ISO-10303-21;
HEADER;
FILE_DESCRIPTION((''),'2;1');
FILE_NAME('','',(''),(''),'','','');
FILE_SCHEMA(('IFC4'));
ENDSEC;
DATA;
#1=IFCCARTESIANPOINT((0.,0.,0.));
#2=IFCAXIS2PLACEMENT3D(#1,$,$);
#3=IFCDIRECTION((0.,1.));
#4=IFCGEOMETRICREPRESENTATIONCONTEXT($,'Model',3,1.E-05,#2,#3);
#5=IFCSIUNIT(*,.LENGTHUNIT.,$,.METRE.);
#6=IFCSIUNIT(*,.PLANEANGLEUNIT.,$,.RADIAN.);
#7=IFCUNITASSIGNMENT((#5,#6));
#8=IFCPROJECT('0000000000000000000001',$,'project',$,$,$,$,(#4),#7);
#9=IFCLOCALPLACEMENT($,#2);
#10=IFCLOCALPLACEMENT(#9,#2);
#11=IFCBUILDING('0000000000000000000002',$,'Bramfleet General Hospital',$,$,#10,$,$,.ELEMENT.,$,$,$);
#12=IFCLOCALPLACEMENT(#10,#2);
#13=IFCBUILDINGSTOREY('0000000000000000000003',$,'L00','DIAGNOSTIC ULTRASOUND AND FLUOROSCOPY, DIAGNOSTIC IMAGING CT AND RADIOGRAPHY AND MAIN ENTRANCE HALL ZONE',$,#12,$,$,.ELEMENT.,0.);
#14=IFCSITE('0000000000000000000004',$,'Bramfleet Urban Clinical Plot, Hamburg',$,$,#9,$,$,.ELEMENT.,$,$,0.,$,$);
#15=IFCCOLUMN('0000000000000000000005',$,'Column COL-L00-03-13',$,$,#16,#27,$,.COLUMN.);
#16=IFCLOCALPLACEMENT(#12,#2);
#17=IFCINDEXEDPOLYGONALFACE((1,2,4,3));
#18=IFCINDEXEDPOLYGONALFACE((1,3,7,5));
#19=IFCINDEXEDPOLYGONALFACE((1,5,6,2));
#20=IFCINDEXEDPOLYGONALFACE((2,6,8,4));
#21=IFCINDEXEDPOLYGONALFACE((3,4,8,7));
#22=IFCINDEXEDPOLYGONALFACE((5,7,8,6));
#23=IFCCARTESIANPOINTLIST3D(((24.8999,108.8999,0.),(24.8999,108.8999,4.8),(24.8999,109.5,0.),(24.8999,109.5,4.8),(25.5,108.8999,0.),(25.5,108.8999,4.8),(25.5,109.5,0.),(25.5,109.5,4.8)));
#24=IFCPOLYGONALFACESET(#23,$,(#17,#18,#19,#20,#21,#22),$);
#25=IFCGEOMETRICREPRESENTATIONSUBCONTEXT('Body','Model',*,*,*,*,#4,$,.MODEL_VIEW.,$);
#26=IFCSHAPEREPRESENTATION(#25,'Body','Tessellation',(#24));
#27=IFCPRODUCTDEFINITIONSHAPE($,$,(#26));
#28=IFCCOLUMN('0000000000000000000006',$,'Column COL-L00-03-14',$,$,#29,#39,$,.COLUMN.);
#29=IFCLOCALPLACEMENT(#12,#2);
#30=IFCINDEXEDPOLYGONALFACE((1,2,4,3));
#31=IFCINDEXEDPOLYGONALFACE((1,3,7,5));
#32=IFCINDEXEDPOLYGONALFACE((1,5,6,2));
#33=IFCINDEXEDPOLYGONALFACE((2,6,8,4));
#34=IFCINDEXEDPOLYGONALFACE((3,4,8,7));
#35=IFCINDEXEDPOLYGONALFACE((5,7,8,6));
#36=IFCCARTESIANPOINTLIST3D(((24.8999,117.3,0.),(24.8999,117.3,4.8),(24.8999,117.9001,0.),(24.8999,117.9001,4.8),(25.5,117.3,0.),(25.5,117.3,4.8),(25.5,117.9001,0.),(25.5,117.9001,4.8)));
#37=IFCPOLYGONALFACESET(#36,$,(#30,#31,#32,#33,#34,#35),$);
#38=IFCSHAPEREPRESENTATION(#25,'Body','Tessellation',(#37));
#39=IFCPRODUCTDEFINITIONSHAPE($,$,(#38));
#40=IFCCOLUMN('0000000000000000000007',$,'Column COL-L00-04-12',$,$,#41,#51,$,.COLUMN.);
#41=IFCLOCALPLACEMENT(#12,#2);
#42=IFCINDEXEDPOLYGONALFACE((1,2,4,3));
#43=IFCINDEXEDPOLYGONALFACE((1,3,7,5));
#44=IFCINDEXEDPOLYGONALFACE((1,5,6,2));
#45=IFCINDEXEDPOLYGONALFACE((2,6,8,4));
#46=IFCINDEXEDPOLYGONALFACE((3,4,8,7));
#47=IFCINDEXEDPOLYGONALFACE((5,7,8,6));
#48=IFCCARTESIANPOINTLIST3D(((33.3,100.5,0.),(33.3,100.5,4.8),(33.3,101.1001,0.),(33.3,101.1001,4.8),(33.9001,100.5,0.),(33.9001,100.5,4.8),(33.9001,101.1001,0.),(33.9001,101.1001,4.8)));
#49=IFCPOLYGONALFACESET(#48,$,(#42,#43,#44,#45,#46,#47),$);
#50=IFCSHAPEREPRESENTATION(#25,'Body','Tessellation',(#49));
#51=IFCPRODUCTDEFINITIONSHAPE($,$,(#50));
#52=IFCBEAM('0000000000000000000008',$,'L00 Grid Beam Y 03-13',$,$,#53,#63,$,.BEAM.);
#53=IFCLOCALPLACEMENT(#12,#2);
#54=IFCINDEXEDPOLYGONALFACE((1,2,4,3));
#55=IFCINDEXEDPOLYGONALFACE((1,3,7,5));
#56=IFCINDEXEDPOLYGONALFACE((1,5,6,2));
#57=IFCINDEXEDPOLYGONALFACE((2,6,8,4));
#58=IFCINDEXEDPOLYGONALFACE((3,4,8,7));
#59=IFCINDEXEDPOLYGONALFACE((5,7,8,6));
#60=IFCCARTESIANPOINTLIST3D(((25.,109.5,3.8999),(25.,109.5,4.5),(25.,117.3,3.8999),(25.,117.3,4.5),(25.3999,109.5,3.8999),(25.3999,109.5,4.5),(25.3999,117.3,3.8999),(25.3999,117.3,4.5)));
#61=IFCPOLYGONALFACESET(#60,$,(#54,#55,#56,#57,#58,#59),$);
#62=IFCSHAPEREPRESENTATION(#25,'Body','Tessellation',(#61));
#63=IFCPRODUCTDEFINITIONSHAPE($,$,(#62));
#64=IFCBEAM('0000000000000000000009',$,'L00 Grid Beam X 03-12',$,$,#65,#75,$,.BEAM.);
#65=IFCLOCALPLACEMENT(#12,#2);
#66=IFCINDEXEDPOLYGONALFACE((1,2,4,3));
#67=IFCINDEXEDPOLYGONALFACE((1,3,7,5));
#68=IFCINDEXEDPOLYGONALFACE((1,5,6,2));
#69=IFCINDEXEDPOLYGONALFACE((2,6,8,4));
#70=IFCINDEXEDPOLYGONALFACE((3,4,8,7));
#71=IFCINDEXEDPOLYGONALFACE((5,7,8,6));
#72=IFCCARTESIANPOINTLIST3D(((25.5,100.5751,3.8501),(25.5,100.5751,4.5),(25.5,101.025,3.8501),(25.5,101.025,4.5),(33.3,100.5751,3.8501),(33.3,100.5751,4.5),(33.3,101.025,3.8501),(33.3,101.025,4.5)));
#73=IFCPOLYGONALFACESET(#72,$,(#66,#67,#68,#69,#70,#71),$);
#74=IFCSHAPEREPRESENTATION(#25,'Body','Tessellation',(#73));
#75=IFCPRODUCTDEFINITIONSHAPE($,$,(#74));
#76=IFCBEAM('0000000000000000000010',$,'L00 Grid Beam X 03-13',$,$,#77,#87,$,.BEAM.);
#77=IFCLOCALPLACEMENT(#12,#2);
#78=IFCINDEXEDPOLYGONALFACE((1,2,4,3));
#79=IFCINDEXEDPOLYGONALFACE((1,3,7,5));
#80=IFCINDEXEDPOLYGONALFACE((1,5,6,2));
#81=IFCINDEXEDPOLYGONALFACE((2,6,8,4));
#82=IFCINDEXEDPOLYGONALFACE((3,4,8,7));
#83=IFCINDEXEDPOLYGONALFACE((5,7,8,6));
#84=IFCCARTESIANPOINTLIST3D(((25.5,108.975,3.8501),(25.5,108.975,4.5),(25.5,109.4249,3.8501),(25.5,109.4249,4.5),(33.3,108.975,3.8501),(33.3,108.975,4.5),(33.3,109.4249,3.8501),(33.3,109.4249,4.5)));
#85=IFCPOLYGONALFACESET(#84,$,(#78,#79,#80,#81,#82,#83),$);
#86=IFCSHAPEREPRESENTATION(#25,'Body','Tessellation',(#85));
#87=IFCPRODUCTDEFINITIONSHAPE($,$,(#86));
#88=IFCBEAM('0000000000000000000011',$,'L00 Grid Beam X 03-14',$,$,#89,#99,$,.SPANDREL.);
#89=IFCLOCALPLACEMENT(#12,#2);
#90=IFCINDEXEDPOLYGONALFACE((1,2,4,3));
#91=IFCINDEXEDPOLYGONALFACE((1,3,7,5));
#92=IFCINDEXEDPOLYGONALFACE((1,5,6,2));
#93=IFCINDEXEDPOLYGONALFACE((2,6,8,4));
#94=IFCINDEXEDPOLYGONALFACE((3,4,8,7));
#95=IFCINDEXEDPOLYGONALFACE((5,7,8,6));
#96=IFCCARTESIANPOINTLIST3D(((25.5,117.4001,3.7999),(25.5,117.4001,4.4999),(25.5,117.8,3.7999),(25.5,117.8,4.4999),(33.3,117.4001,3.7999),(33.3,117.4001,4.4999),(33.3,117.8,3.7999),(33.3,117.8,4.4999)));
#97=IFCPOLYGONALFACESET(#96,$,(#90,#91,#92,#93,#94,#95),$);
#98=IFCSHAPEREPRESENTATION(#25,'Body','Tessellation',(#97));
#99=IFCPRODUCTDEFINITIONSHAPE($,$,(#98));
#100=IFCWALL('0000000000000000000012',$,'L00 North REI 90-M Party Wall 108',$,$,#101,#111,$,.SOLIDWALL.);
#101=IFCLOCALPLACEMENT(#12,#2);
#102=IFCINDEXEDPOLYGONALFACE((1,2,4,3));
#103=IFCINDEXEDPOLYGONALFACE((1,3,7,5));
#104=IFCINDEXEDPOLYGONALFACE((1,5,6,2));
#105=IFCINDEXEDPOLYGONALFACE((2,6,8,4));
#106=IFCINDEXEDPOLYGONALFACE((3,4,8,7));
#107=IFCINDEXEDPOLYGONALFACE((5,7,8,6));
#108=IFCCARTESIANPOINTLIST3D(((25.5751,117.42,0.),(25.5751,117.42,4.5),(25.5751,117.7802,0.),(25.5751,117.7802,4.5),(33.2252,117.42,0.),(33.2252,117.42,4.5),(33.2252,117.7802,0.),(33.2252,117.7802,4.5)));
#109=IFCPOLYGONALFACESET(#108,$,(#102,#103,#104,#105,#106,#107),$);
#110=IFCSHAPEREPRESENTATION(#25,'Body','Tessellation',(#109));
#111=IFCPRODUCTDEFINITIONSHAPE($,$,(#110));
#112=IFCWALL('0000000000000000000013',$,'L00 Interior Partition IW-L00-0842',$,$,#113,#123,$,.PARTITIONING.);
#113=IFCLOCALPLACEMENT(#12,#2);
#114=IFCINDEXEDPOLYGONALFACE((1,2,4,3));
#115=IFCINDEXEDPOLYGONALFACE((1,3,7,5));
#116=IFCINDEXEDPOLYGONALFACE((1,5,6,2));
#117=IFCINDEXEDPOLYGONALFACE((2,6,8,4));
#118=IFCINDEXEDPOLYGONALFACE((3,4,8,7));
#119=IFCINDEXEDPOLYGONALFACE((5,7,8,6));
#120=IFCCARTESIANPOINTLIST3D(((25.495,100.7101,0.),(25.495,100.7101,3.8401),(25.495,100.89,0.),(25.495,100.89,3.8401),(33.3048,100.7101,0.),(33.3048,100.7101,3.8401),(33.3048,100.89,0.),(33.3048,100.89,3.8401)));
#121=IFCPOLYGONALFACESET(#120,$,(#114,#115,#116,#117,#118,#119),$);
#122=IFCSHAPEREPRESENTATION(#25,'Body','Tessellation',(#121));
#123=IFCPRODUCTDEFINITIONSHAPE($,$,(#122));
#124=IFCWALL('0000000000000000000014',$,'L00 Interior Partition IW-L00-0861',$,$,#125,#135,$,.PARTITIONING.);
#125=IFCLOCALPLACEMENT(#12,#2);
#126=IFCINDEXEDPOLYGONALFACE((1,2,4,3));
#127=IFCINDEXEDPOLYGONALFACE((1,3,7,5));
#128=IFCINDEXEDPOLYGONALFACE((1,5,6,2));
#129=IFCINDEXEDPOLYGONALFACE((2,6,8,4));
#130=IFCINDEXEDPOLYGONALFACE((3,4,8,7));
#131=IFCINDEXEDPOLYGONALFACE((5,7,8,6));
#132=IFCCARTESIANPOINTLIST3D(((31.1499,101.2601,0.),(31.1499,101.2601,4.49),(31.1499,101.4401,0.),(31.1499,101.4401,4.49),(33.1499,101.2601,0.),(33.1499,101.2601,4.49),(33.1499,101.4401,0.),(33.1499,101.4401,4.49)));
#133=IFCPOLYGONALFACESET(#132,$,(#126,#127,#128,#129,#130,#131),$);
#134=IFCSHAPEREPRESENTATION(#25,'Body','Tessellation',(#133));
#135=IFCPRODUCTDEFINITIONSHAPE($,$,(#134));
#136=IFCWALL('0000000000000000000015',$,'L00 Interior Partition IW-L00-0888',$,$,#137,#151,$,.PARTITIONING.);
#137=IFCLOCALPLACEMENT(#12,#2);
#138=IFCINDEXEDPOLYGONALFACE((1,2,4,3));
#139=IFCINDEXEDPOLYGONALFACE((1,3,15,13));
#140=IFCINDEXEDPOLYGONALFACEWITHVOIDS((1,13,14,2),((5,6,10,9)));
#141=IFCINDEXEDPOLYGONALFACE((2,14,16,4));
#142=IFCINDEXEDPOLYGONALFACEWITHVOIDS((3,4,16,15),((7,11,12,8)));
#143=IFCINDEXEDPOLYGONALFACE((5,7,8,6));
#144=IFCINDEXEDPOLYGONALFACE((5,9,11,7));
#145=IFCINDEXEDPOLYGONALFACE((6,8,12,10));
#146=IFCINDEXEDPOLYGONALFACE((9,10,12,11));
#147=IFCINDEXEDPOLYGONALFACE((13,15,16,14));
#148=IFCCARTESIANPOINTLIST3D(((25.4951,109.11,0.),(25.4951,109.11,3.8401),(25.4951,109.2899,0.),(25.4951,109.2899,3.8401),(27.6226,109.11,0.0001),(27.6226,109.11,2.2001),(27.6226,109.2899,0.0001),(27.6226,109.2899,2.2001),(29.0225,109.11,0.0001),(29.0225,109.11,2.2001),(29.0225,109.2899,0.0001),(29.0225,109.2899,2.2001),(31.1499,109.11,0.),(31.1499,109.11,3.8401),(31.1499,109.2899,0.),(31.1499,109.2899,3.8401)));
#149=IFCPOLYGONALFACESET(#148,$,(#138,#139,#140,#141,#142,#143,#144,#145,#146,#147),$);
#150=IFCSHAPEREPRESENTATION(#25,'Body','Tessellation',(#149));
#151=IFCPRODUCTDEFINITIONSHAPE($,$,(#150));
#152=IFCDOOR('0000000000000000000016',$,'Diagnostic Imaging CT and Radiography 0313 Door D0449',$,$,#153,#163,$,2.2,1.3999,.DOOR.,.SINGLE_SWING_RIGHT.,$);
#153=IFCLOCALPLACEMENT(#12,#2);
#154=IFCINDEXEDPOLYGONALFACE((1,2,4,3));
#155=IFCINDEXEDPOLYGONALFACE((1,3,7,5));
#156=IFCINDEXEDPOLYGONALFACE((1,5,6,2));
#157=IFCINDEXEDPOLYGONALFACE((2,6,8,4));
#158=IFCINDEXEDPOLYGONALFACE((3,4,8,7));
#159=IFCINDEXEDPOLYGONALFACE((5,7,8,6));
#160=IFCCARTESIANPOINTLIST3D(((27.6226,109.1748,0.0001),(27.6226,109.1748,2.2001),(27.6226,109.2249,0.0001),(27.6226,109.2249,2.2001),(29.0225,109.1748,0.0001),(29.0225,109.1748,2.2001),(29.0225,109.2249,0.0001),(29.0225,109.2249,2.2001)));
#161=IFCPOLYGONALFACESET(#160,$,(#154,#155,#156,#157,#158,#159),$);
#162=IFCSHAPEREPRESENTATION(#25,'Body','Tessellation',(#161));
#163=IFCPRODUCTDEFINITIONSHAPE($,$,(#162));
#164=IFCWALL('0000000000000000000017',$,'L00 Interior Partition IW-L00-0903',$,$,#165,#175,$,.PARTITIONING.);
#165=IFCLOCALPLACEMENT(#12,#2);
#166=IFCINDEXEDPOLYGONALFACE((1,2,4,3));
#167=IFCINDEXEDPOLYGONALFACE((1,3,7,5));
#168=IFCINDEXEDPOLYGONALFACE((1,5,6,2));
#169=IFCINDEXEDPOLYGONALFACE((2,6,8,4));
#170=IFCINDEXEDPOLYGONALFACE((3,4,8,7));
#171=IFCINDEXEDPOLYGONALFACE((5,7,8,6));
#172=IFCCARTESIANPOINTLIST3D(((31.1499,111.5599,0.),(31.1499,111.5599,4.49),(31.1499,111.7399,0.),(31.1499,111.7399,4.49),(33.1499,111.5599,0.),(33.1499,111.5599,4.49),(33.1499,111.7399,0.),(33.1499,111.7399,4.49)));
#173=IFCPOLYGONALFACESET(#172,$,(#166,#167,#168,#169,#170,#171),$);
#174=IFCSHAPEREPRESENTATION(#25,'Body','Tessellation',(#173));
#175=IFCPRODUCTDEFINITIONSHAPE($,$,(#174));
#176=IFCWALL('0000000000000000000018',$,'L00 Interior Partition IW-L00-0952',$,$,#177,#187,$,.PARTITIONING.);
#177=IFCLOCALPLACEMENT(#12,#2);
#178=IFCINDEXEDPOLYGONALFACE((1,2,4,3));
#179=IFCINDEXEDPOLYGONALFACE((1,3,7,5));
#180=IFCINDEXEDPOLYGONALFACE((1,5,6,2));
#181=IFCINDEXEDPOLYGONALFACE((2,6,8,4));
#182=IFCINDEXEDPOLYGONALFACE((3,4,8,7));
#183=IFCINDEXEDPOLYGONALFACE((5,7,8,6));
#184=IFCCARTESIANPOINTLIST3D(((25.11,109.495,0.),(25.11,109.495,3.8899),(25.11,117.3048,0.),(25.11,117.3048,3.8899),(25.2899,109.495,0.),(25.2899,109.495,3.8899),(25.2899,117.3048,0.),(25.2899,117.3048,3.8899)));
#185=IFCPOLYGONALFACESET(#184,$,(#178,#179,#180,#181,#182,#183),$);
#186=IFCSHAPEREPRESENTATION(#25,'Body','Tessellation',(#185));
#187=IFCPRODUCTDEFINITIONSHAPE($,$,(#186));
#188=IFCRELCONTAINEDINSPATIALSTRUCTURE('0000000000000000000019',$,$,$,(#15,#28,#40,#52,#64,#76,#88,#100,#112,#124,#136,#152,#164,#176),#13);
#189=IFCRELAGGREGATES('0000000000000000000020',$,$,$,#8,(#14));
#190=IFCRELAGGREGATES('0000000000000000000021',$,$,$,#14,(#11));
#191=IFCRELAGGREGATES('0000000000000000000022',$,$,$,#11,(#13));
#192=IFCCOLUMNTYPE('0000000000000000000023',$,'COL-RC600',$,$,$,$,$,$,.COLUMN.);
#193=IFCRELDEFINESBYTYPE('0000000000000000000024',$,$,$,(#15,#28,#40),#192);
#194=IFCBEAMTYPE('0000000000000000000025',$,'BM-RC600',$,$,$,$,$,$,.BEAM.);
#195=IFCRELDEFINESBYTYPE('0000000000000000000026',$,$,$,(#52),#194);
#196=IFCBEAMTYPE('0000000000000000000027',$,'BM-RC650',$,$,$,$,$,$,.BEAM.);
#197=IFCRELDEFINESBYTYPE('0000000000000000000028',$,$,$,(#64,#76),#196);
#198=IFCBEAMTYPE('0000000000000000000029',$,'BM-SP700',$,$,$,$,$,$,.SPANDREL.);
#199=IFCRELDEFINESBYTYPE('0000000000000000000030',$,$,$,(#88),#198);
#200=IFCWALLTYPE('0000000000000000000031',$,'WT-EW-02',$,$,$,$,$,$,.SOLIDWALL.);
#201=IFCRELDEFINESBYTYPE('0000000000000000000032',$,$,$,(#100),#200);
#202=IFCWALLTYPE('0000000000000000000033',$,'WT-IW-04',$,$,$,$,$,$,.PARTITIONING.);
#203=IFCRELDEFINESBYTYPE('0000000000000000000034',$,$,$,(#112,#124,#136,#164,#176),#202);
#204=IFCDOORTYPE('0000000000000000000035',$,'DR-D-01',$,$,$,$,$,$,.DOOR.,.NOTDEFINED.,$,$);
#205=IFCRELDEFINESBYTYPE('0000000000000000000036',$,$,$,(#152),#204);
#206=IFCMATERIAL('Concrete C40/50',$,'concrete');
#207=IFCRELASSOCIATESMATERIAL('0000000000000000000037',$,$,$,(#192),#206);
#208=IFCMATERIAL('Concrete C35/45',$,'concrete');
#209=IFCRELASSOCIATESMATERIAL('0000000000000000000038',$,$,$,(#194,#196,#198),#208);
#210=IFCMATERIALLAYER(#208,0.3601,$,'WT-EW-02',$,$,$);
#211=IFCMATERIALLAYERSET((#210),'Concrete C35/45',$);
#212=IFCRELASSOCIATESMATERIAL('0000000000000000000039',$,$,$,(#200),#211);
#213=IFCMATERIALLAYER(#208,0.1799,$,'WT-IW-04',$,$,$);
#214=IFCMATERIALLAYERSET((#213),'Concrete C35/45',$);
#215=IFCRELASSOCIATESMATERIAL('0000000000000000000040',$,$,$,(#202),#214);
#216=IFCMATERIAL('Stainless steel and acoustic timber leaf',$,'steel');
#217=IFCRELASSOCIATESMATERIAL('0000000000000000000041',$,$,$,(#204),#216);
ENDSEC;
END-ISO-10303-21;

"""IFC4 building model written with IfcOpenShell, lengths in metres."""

from ifc_helpers import new_model, si_unit, direction, frame, frame_2d, origin, origin_2d, place, context, subcontext, project, spatial, rectangle, extrude, material, layer, layer_set, material_profile, profile_set, type_object, element, fill, save


model = new_model("IFC4")

# Units and contexts
model_context = context("Model", 3, precision=1e-05, world=origin(), true_north=direction((0.0, 1.0)))
body_context = subcontext(model_context, "Body", "Model", "MODEL_VIEW")
ifc_project = project(units=[si_unit("LENGTHUNIT", "METRE"), si_unit("PLANEANGLEUNIT", "RADIAN")], contexts=[model_context])

# Site, building, storey
site_placement = place(None, origin())
site = spatial("IfcSite", under=ifc_project, at=site_placement, Name="Bramfleet Urban Clinical Plot, Hamburg", CompositionType="ELEMENT", RefElevation=0.0)
building_placement = place(site_placement, origin())
building = spatial("IfcBuilding", under=site, at=building_placement, Name="Bramfleet General Hospital", CompositionType="ELEMENT")
storey_placement = place(building_placement, origin())
storey = spatial("IfcBuildingStorey", under=building, at=storey_placement, Name="L00", Description="DIAGNOSTIC ULTRASOUND AND FLUOROSCOPY, DIAGNOSTIC IMAGING CT AND RADIOGRAPHY AND MAIN ENTRANCE HALL ZONE", CompositionType="ELEMENT", Elevation=0.0)

# Columns
ifc_material_1 = material(Name="Concrete C40/50", Category="concrete")
ifc_material_profile_1 = material_profile(ifc_material_1, rectangle(XDim=0.6001, YDim=0.6001, at=origin_2d()), Name="RC COL 600x600")
ifc_profile_set_1 = profile_set([ifc_material_profile_1], Name="Concrete C40/50")
column_type = type_object("IfcColumnType", Name="COL-RC600", PredefinedType="COLUMN", material=ifc_profile_set_1)
for number, where, z_axis, x_axis, name in (
    (1, (25.2, 109.2, 0.0), (0.0, 0.0, 1.0), (1.0, 0.0, 0.0), "Column COL-L00-03-13"),
    (2, (25.2, 117.6001, 0.0), (0.0, 0.0, 1.0), (1.0, 0.0, 0.0), "Column COL-L00-03-14"),
    (3, (33.6001, 100.8, 0.0), (0.0, 0.0, 1.0), (1.0, 0.0, 0.0), "Column COL-L00-04-12"),
):
    element("IfcColumn", number, at=place(storey_placement, frame(where, z_axis=z_axis, x_axis=x_axis)), inside=storey, type_object=column_type, Name=name, PredefinedType="COLUMN", context=body_context, shape_type="SweptSolid", body=[
        extrude(rectangle(XDim=0.6001, YDim=0.6001, at=origin_2d()), origin(), (0.0, 0.0, 1.0), 4.8),
    ])

# Beams
ifc_material_2 = material(Name="Concrete C35/45", Category="concrete")
ifc_material_profile_2 = material_profile(ifc_material_2, rectangle(XDim=0.3999, YDim=0.6001, at=origin_2d()), Name="RC BM 600x400")
ifc_profile_set_2 = profile_set([ifc_material_profile_2], Name="Concrete C35/45")
beam_type_1 = type_object("IfcBeamType", Name="BM-RC600", PredefinedType="BEAM", material=ifc_profile_set_2)
beam_1_placement = place(storey_placement, frame((25.2, 109.5, 4.2), z_axis=(0.0, 1.0, 0.0), x_axis=(-1.0, 0.0, 0.0)))
element("IfcBeam", 4, at=beam_1_placement, inside=storey, type_object=beam_type_1, Name="L00 Grid Beam Y 03-13", PredefinedType="BEAM", context=body_context, shape_type="SweptSolid", body=[
    extrude(rectangle(XDim=0.3999, YDim=0.6001, at=origin_2d()), origin(), (0.0, 0.0, 1.0), 7.8),
])
ifc_material_profile_3 = material_profile(ifc_material_2, rectangle(XDim=0.45, YDim=0.6499, at=origin_2d()), Name="RC BM 650x450")
ifc_profile_set_3 = profile_set([ifc_material_profile_3], Name="Concrete C35/45")
beam_type_2 = type_object("IfcBeamType", Name="BM-RC650", PredefinedType="BEAM", material=ifc_profile_set_3)
for number, where, z_axis, x_axis, name in (
    (5, (25.5, 100.8, 4.175), (1.0, 0.0, 0.0), (0.0, 1.0, 0.0), "L00 Grid Beam X 03-12"),
    (6, (25.5, 109.2, 4.175), (1.0, 0.0, 0.0), (0.0, 1.0, 0.0), "L00 Grid Beam X 03-13"),
):
    element("IfcBeam", number, at=place(storey_placement, frame(where, z_axis=z_axis, x_axis=x_axis)), inside=storey, type_object=beam_type_2, Name=name, PredefinedType="BEAM", context=body_context, shape_type="SweptSolid", body=[
        extrude(rectangle(XDim=0.45, YDim=0.6499, at=origin_2d()), origin(), (0.0, 0.0, 1.0), 7.8),
    ])
ifc_material_profile_4 = material_profile(ifc_material_2, rectangle(XDim=0.3999, YDim=0.7, at=origin_2d()), Name="RC SP 700x400")
ifc_profile_set_4 = profile_set([ifc_material_profile_4], Name="Concrete C35/45")
beam_type_3 = type_object("IfcBeamType", Name="BM-SP700", PredefinedType="SPANDREL", material=ifc_profile_set_4)
beam_2_placement = place(storey_placement, frame((25.5, 117.6001, 4.1499), z_axis=(1.0, 0.0, 0.0), x_axis=(0.0, 1.0, 0.0)))
element("IfcBeam", 7, at=beam_2_placement, inside=storey, type_object=beam_type_3, Name="L00 Grid Beam X 03-14", PredefinedType="SPANDREL", context=body_context, shape_type="SweptSolid", body=[
    extrude(rectangle(XDim=0.3999, YDim=0.7, at=origin_2d()), origin(), (0.0, 0.0, 1.0), 7.8),
])

# Walls
ifc_layer_1 = layer(ifc_material_2, 0.3601, Name="WT-EW-02")
ifc_layer_set_1 = layer_set([ifc_layer_1], Name="Concrete C35/45")
wall_type_1 = type_object("IfcWallType", Name="WT-EW-02", PredefinedType="SOLIDWALL", material=ifc_layer_set_1)
wall_1_placement = place(storey_placement, frame((25.575, 117.6001, 0.0), z_axis=(0.0, 0.0, 1.0), x_axis=(1.0, 0.0, 0.0)))
element("IfcWall", 8, at=wall_1_placement, inside=storey, type_object=wall_type_1, Name="L00 North REI 90-M Party Wall 108", PredefinedType="SOLIDWALL", context=body_context, shape_type="SweptSolid", body=[
    extrude(rectangle(XDim=7.6501, YDim=0.3601, at=frame_2d((3.8252, 0.0))), origin(), (0.0, 0.0, 1.0), 4.5),
])
ifc_layer_2 = layer(ifc_material_2, 0.1799, Name="WT-IW-04")
ifc_layer_set_2 = layer_set([ifc_layer_2], Name="Concrete C35/45")
wall_type_2 = type_object("IfcWallType", Name="WT-IW-04", PredefinedType="PARTITIONING", material=ifc_layer_set_2)
wall_2_placement = place(storey_placement, frame((25.4951, 100.8, 0.0), z_axis=(0.0, 0.0, 1.0), x_axis=(1.0, 0.0, 0.0)))
element("IfcWall", 9, at=wall_2_placement, inside=storey, type_object=wall_type_2, Name="L00 Interior Partition IW-L00-0842", PredefinedType="PARTITIONING", context=body_context, shape_type="SweptSolid", body=[
    extrude(rectangle(XDim=7.8098, YDim=0.1799, at=frame_2d((3.9048, 0.0))), origin(), (0.0, 0.0, 1.0), 3.8401),
])
wall_3_placement = place(storey_placement, frame((31.1499, 101.3501, 0.0), z_axis=(0.0, 0.0, 1.0), x_axis=(1.0, 0.0, 0.0)))
element("IfcWall", 10, at=wall_3_placement, inside=storey, type_object=wall_type_2, Name="L00 Interior Partition IW-L00-0861", PredefinedType="PARTITIONING", context=body_context, shape_type="SweptSolid", body=[
    extrude(rectangle(XDim=2.0, YDim=0.1799, at=frame_2d((1.0, 0.0))), origin(), (0.0, 0.0, 1.0), 4.49),
])

# Wall, opening, door
wall_4_placement = place(storey_placement, frame((25.4951, 109.2, 0.0), z_axis=(0.0, 0.0, 1.0), x_axis=(1.0, 0.0, 0.0)))
wall_4 = element("IfcWall", 11, at=wall_4_placement, inside=storey, type_object=wall_type_2, Name="L00 Interior Partition IW-L00-0888", PredefinedType="PARTITIONING", context=body_context, shape_type="SweptSolid", body=[
    extrude(rectangle(XDim=5.6548, YDim=0.1799, at=frame_2d((2.8274, 0.0))), origin(), (0.0, 0.0, 1.0), 3.8401),
])
opening_placement = place(wall_4_placement, frame((2.1274, 0.0, 0.0)))
opening = element("IfcOpeningElement", 12, at=opening_placement, cuts=wall_4, PredefinedType="OPENING", context=body_context, shape_type="SweptSolid", body=[
    extrude(rectangle(XDim=1.3999, YDim=2.2, at=frame_2d((0.7, 1.1001))), frame((0.0, 0.0999, 0.0), z_axis=(0.0, -1.0, 0.0), x_axis=(1.0, 0.0, 0.0)), (0.0, 0.0, 1.0), 0.2),
])
ifc_material_3 = material(Name="Stainless steel and acoustic timber leaf", Category="steel")
door_type = type_object("IfcDoorType", Name="DR-D-01", OperationType="NOTDEFINED", PredefinedType="DOOR", material=ifc_material_3)
door_placement = place(opening_placement, origin())
door = element("IfcDoor", 13, at=door_placement, inside=storey, type_object=door_type, Name="Diagnostic Imaging CT and Radiography 0313 Door D0449", OperationType="SINGLE_SWING_RIGHT", OverallHeight=2.2, OverallWidth=1.3999, PredefinedType="DOOR", context=body_context, shape_type="SweptSolid", body=[
    extrude(rectangle(XDim=1.3999, YDim=2.2, at=frame_2d((0.7, 1.1001))), frame((0.0, 0.0249, 0.0), z_axis=(0.0, -1.0, 0.0), x_axis=(1.0, 0.0, 0.0)), (0.0, 0.0, 1.0), 0.05),
])
fill(opening, door)

# Walls
wall_5_placement = place(storey_placement, frame((31.1499, 111.6499, 0.0), z_axis=(0.0, 0.0, 1.0), x_axis=(1.0, 0.0, 0.0)))
element("IfcWall", 14, at=wall_5_placement, inside=storey, type_object=wall_type_2, Name="L00 Interior Partition IW-L00-0903", PredefinedType="PARTITIONING", context=body_context, shape_type="SweptSolid", body=[
    extrude(rectangle(XDim=2.0, YDim=0.1799, at=frame_2d((1.0, 0.0))), origin(), (0.0, 0.0, 1.0), 4.49),
])
wall_6_placement = place(storey_placement, frame((25.2, 109.4951, 0.0), z_axis=(0.0, 0.0, 1.0), x_axis=(0.0, 1.0, 0.0)))
element("IfcWall", 15, at=wall_6_placement, inside=storey, type_object=wall_type_2, Name="L00 Interior Partition IW-L00-0952", PredefinedType="PARTITIONING", context=body_context, shape_type="SweptSolid", body=[
    extrude(rectangle(XDim=7.8098, YDim=0.1799, at=frame_2d((3.9048, 0.0))), origin(), (0.0, 0.0, 1.0), 3.8899),
])

save(model, "model.ifc")
